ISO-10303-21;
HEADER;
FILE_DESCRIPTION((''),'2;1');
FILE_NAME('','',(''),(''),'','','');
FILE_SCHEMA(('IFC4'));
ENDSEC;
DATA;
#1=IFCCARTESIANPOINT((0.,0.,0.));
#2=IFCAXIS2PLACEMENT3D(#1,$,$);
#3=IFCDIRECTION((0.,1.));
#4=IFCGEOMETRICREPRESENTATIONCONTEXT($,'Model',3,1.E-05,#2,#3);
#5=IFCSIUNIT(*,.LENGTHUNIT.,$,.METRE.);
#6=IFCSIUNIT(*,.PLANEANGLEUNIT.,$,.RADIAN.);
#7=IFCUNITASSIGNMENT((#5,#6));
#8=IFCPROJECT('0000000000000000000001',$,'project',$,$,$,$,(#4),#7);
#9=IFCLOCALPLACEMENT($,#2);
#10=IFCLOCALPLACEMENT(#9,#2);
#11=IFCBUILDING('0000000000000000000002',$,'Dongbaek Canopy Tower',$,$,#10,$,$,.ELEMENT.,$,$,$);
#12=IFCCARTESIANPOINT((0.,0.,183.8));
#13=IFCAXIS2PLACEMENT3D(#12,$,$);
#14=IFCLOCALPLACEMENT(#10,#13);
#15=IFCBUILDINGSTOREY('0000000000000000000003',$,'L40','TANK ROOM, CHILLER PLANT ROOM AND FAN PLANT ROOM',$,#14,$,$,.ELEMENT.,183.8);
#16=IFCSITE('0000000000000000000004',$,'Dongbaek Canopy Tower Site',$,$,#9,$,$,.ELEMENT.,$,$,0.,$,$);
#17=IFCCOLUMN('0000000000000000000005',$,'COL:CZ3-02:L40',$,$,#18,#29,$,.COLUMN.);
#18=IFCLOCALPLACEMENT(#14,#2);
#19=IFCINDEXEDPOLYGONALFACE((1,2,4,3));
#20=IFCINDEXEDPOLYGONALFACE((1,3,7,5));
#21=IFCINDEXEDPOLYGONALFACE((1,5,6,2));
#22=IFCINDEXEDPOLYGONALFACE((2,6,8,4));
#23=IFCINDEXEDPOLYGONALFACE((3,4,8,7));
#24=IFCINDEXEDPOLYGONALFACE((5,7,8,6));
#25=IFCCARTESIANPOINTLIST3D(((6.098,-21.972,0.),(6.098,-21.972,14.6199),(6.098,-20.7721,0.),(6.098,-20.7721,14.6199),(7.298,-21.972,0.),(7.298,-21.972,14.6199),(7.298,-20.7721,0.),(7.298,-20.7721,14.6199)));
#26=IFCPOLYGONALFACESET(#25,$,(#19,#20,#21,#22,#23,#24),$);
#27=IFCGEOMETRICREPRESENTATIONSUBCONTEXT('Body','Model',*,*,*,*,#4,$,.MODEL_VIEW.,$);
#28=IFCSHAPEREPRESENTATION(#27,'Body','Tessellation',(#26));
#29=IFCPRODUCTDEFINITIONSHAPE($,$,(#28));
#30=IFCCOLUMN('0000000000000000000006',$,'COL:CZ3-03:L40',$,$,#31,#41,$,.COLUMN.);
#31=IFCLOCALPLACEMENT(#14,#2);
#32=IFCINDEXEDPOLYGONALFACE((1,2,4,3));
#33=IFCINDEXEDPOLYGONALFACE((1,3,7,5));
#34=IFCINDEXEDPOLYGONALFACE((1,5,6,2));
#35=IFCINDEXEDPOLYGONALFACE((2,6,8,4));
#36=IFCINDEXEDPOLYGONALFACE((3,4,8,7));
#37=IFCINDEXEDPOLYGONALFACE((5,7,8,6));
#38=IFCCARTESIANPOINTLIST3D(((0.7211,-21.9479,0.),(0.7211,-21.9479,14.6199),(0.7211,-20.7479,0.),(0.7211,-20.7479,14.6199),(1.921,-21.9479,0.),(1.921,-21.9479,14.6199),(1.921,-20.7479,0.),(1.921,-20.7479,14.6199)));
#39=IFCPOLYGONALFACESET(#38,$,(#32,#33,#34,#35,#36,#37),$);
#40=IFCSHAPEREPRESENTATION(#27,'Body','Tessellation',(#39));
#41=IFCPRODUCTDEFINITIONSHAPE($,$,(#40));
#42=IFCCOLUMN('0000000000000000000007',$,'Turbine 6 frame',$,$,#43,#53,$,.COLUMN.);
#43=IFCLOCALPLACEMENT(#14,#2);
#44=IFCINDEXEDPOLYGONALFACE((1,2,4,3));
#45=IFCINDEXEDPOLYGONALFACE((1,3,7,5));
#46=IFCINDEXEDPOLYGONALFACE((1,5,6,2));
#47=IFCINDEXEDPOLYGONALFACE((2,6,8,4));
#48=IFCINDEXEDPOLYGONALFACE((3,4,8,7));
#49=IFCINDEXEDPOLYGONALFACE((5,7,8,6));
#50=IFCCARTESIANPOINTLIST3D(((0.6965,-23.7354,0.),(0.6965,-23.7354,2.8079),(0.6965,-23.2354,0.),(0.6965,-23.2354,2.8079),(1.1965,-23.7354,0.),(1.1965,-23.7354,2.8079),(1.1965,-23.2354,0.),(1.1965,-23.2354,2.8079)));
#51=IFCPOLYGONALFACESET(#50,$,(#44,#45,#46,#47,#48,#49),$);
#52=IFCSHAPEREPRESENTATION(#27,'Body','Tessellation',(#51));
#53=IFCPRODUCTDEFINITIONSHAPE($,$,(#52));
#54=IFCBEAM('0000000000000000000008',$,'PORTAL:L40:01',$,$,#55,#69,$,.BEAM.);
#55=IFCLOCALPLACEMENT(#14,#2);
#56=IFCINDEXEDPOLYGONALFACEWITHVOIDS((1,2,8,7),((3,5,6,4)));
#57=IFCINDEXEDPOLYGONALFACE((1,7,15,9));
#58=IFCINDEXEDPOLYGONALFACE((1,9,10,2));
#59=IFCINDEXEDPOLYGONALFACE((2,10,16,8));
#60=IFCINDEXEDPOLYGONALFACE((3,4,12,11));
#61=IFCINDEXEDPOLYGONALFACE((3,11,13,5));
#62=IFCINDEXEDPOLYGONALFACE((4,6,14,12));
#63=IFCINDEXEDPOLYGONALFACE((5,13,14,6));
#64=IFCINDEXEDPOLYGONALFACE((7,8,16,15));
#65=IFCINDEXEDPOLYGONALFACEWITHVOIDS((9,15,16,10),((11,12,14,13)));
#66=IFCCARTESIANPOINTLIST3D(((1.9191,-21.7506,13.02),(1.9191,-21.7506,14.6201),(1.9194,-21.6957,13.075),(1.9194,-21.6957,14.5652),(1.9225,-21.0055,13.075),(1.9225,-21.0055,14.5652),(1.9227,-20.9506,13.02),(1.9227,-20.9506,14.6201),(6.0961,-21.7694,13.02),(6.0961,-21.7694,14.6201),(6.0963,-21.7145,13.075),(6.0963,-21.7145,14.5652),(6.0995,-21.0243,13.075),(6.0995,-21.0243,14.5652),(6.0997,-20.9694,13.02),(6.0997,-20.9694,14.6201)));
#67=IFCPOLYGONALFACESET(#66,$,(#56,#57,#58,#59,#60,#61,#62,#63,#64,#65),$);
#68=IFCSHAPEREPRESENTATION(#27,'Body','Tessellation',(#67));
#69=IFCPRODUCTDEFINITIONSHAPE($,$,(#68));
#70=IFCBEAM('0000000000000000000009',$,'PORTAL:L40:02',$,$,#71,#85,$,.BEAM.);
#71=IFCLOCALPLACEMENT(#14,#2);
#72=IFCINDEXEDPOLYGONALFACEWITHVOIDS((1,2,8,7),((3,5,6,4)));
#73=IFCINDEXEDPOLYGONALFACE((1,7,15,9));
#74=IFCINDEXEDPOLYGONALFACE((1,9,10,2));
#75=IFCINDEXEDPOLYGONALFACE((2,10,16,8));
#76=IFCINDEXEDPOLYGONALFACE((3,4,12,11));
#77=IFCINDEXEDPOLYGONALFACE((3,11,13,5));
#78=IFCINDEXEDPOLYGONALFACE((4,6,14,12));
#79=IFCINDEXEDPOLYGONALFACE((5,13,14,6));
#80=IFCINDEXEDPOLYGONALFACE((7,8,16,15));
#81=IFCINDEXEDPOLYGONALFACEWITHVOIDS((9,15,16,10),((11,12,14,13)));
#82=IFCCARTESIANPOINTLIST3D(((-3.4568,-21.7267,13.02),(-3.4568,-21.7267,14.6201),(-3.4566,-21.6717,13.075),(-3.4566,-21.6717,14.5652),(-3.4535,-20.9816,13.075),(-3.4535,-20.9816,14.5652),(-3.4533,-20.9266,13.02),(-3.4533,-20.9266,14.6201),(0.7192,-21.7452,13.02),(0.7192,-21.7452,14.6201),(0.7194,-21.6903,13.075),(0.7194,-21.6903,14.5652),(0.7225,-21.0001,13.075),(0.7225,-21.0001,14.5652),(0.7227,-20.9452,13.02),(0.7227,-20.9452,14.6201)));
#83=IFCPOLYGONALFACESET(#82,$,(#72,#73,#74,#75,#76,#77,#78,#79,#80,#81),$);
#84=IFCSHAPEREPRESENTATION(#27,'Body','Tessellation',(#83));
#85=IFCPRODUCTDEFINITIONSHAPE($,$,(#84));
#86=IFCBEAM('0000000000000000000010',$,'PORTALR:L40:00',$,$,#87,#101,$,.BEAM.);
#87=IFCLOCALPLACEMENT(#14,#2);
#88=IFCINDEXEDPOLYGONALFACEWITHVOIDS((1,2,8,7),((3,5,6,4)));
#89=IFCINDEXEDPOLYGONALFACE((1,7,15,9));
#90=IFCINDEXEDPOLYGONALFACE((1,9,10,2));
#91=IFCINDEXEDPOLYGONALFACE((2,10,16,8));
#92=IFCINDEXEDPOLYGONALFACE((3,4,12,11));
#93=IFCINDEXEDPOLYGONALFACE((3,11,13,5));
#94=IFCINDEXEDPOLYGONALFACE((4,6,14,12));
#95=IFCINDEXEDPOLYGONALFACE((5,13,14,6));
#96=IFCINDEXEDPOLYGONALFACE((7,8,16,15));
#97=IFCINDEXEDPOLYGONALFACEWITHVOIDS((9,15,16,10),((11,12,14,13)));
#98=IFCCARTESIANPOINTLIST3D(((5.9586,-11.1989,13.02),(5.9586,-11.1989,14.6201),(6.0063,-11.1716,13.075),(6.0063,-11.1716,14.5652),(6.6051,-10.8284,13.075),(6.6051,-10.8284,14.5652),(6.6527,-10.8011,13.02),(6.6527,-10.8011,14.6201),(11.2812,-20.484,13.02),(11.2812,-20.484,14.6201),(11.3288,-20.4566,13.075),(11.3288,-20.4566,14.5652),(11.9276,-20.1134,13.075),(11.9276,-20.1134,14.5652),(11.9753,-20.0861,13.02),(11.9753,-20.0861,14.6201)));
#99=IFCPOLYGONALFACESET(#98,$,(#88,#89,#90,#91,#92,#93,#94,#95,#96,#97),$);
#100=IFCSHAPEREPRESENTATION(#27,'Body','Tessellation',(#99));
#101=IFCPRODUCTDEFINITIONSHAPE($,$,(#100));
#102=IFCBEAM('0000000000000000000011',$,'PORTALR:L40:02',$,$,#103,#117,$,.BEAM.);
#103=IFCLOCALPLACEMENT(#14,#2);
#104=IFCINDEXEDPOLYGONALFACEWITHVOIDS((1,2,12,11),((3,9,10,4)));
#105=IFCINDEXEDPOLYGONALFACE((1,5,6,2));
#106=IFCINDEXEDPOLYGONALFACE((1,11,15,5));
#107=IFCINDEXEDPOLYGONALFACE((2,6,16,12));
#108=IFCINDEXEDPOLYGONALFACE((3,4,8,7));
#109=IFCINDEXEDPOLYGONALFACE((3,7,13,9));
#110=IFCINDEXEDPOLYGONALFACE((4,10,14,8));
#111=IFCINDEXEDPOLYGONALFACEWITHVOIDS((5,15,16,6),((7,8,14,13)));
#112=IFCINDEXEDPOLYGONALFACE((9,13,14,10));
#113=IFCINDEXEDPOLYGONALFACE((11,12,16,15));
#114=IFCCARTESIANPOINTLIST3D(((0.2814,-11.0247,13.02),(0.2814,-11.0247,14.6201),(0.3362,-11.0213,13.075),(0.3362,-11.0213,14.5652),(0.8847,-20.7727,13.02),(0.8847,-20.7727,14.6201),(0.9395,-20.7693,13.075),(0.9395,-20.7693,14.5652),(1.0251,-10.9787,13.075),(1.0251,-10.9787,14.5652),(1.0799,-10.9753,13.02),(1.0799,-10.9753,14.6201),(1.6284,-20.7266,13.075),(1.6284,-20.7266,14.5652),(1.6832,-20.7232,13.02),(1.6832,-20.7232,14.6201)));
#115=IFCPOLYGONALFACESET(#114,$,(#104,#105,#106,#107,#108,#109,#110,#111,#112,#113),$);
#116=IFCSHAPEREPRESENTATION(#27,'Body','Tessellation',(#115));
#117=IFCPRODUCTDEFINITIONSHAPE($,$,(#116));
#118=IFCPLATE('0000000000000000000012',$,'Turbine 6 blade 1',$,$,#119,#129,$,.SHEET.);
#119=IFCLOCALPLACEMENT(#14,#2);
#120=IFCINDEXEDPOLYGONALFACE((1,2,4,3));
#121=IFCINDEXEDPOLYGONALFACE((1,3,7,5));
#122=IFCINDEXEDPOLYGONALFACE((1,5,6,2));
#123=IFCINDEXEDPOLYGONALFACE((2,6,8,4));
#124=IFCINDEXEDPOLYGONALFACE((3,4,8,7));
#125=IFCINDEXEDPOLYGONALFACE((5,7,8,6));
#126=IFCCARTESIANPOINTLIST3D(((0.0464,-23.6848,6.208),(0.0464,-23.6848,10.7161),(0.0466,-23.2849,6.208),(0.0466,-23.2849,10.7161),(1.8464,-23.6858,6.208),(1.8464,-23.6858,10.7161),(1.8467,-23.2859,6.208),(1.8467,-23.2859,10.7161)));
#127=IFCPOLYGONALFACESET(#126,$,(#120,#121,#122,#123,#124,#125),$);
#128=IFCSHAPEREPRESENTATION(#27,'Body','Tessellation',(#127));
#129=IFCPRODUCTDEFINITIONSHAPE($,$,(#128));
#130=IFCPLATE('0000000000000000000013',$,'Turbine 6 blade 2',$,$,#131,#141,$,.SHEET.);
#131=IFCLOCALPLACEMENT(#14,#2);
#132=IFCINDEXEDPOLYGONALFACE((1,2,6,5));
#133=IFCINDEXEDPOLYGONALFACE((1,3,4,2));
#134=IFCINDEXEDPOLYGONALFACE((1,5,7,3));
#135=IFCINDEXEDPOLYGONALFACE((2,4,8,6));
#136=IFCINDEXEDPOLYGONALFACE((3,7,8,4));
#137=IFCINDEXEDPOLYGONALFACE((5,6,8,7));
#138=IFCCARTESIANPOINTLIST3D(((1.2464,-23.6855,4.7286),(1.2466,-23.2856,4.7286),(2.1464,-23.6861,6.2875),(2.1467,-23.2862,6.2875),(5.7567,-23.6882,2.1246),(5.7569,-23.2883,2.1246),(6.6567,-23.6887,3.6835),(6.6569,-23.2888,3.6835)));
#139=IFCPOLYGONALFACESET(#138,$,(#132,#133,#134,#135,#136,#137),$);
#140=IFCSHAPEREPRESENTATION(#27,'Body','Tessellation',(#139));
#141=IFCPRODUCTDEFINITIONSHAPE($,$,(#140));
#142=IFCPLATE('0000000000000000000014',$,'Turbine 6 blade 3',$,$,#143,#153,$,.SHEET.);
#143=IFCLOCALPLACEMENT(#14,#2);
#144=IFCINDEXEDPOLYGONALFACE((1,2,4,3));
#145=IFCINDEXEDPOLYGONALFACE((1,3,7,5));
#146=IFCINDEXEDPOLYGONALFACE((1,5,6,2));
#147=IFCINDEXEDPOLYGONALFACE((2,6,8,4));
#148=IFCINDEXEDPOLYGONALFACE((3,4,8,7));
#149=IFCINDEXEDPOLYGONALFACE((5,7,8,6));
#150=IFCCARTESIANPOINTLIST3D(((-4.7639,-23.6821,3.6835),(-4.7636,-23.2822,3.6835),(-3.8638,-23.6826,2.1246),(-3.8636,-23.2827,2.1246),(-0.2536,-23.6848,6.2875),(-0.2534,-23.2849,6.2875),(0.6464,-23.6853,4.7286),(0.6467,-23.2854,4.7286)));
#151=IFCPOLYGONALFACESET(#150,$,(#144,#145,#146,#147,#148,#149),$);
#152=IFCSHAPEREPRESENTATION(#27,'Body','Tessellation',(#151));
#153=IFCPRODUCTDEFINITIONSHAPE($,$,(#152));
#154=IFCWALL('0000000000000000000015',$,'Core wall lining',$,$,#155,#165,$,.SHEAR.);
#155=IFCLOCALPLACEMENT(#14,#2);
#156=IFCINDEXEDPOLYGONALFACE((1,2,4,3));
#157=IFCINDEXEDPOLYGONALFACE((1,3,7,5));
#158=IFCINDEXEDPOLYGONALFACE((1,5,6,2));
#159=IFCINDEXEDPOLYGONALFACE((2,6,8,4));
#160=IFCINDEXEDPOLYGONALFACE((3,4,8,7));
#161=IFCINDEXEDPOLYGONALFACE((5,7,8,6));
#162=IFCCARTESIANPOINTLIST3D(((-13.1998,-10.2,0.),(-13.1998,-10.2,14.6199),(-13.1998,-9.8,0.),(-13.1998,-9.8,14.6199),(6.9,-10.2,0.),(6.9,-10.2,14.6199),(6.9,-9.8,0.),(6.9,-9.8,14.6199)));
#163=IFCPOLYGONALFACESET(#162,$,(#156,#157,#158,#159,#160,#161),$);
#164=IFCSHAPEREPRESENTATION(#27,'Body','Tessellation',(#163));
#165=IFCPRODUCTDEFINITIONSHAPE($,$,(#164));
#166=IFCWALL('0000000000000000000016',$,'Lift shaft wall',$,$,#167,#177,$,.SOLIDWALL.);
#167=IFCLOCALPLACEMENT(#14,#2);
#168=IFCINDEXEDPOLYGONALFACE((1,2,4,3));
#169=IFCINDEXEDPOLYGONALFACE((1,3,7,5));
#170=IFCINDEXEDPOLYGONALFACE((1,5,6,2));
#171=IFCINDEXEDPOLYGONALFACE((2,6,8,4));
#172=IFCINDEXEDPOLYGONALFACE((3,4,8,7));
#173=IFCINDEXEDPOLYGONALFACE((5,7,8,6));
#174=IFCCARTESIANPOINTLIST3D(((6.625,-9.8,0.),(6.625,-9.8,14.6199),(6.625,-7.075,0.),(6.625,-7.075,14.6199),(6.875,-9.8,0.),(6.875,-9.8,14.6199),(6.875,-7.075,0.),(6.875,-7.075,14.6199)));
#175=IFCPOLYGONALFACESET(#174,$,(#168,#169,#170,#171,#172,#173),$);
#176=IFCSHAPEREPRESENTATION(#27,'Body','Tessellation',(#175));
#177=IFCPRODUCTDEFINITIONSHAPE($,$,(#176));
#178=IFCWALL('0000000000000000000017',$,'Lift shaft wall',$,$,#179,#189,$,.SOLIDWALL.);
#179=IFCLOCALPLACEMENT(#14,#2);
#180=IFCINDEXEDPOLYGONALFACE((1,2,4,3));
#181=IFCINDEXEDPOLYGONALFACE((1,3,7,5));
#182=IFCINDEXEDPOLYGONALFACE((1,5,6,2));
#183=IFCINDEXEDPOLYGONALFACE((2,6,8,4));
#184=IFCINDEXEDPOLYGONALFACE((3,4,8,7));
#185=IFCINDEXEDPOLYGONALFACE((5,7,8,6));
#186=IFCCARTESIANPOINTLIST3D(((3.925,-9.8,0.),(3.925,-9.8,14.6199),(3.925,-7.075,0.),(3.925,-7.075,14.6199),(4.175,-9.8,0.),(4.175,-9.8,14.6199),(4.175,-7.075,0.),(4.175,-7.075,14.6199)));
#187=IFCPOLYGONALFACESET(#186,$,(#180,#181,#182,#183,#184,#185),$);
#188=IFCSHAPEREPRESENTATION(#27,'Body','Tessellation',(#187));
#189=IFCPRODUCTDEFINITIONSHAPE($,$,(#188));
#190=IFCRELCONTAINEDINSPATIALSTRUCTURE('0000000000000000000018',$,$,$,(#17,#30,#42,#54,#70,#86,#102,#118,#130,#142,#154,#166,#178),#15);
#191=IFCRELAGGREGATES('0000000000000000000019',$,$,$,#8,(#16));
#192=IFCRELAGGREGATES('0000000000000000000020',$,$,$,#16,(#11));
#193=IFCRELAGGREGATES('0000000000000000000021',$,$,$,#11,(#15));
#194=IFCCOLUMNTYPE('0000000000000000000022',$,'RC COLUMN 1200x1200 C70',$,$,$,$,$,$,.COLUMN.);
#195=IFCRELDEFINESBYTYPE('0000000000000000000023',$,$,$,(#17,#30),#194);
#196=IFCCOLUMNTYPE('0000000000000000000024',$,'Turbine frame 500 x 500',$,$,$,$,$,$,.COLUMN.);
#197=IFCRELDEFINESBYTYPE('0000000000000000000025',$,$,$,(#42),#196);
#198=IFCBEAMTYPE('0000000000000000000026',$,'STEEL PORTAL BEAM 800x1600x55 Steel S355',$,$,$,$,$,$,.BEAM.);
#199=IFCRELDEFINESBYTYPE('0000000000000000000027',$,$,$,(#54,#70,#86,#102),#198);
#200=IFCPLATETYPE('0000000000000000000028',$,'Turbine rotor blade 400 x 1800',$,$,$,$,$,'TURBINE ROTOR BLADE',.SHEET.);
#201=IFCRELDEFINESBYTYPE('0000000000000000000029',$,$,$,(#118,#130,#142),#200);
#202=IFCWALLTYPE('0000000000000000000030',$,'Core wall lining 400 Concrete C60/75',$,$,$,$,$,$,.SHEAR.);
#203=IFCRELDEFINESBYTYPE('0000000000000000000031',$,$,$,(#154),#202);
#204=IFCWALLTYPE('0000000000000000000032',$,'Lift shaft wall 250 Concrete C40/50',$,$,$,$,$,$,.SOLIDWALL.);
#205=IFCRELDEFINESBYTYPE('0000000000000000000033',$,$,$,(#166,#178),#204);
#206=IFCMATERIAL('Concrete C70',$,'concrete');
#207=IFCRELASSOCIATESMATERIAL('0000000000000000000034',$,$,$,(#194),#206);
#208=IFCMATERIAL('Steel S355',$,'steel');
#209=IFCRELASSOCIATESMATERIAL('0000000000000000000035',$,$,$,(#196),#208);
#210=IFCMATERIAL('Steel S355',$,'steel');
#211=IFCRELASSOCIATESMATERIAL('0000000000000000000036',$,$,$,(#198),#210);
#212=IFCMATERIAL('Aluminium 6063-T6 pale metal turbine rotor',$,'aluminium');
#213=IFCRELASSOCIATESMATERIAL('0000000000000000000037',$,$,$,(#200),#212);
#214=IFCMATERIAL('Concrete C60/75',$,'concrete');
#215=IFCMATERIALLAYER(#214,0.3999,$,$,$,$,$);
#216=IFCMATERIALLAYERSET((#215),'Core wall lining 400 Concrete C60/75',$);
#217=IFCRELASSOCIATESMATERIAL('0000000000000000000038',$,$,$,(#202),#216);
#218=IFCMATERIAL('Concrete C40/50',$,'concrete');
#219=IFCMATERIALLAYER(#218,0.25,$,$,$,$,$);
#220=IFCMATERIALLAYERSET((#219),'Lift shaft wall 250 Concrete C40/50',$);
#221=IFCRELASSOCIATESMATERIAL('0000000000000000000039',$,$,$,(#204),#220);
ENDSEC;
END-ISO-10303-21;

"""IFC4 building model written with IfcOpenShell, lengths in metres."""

from ifc_helpers import new_model, si_unit, direction, frame, frame_2d, origin, origin_2d, place, context, subcontext, project, spatial, rectangle, hollow_rectangle, extrude, material, layer, layer_set, material_profile, profile_set, type_object, element, save


model = new_model("IFC4")

# Units and contexts
model_context = context("Model", 3, precision=1e-05, world=origin(), true_north=direction((0.0, 1.0)))
body_context = subcontext(model_context, "Body", "Model", "MODEL_VIEW")
ifc_project = project(units=[si_unit("LENGTHUNIT", "METRE"), si_unit("PLANEANGLEUNIT", "RADIAN")], contexts=[model_context])

# Site, building, storey
site_placement = place(None, origin())
site = spatial("IfcSite", under=ifc_project, at=site_placement, Name="Dongbaek Canopy Tower Site", CompositionType="ELEMENT", RefElevation=0.0)
building_placement = place(site_placement, origin())
building = spatial("IfcBuilding", under=site, at=building_placement, Name="Dongbaek Canopy Tower", CompositionType="ELEMENT")
storey_placement = place(building_placement, frame((0.0, 0.0, 183.8)))
storey = spatial("IfcBuildingStorey", under=building, at=storey_placement, Name="L40", Description="TANK ROOM, CHILLER PLANT ROOM AND FAN PLANT ROOM", CompositionType="ELEMENT", Elevation=183.8)

# Columns
ifc_material_1 = material(Name="Concrete C70", Category="concrete")
ifc_material_profile_1 = material_profile(ifc_material_1, rectangle(XDim=1.2, YDim=1.2, at=origin_2d()), Name="RC COLUMN 1200x1200 C70")
ifc_profile_set_1 = profile_set([ifc_material_profile_1], Name="Concrete C70")
column_type_1 = type_object("IfcColumnType", Name="RC COLUMN 1200x1200 C70", PredefinedType="COLUMN", material=ifc_profile_set_1)
for number, where, z_axis, x_axis, name in (
    (1, (6.698, -21.3721, 0.0), (0.0, 0.0, 1.0), (1.0, 0.0, 0.0), "COL:CZ3-02:L40"),
    (2, (1.321, -21.3479, 0.0), (0.0, 0.0, 1.0), (1.0, 0.0, 0.0), "COL:CZ3-03:L40"),
):
    element("IfcColumn", number, at=place(storey_placement, frame(where, z_axis=z_axis, x_axis=x_axis)), inside=storey, type_object=column_type_1, Name=name, PredefinedType="COLUMN", context=body_context, shape_type="SweptSolid", body=[
        extrude(rectangle(XDim=1.2, YDim=1.2, at=origin_2d()), origin(), (0.0, 0.0, 1.0), 14.6199),
    ])
ifc_material_2 = material(Name="Steel S355", Category="steel")
ifc_material_profile_2 = material_profile(ifc_material_2, rectangle(XDim=0.5, YDim=0.5, at=origin_2d()), Name="Turbine frame 500 x 500")
ifc_profile_set_2 = profile_set([ifc_material_profile_2], Name="Steel S355")
column_type_2 = type_object("IfcColumnType", Name="Turbine frame 500 x 500", PredefinedType="COLUMN", material=ifc_profile_set_2)
column_placement = place(storey_placement, frame((0.9465, -23.4854, 0.0), z_axis=(0.0, 0.0, 1.0), x_axis=(1.0, 0.0, 0.0)))
element("IfcColumn", 3, at=column_placement, inside=storey, type_object=column_type_2, Name="Turbine 6 frame", PredefinedType="COLUMN", context=body_context, shape_type="SweptSolid", body=[
    extrude(rectangle(XDim=0.5, YDim=0.5, at=origin_2d()), origin(), (0.0, 0.0, 1.0), 2.8079),
])

# Beams
ifc_material_3 = material(Name="Steel S355", Category="steel")
ifc_material_profile_3 = material_profile(ifc_material_3, hollow_rectangle(XDim=0.8, YDim=1.6001, WallThickness=0.0549, at=origin_2d()), Name="STEEL PORTAL BEAM 800x1600x55 Steel S355")
ifc_profile_set_3 = profile_set([ifc_material_profile_3], Name="Steel S355")
beam_type = type_object("IfcBeamType", Name="STEEL PORTAL BEAM 800x1600x55 Steel S355", PredefinedType="BEAM", material=ifc_profile_set_3)
beam_1_placement = place(storey_placement, frame((6.0979, -21.3694, 13.8201), z_axis=(-0.99999, 0.004501, 0.0), x_axis=(-0.004501, -0.99999, 0.0)))
element("IfcBeam", 4, at=beam_1_placement, inside=storey, type_object=beam_type, Name="PORTAL:L40:01", PredefinedType="BEAM", context=body_context, shape_type="SweptSolid", body=[
    extrude(hollow_rectangle(XDim=0.8, YDim=1.6001, WallThickness=0.0549, at=origin_2d()), origin(), (0.0, 0.0, 1.0), 4.177),
])
beam_2_placement = place(storey_placement, frame((0.7209, -21.3452, 13.8201), z_axis=(-0.99999, 0.004443, 0.0), x_axis=(-0.004443, -0.99999, 0.0)))
element("IfcBeam", 5, at=beam_2_placement, inside=storey, type_object=beam_type, Name="PORTAL:L40:02", PredefinedType="BEAM", context=body_context, shape_type="SweptSolid", body=[
    extrude(hollow_rectangle(XDim=0.8, YDim=1.6001, WallThickness=0.0549, at=origin_2d()), origin(), (0.0, 0.0, 1.0), 4.176),
])
beam_3_placement = place(storey_placement, frame((6.3057, -11.0, 13.8201), z_axis=(0.497325, -0.867564, 0.0), x_axis=(0.867564, 0.497325, 0.0)))
element("IfcBeam", 6, at=beam_3_placement, inside=storey, type_object=beam_type, Name="PORTALR:L40:00", PredefinedType="BEAM", context=body_context, shape_type="SweptSolid", body=[
    extrude(hollow_rectangle(XDim=0.8, YDim=1.6001, WallThickness=0.0549, at=origin_2d()), origin(), (0.0, 0.0, 1.0), 10.7024),
])
beam_4_placement = place(storey_placement, frame((0.6807, -11.0, 13.8201), z_axis=(0.061768, -0.998091, 0.0), x_axis=(0.998091, 0.061768, 0.0)))
element("IfcBeam", 7, at=beam_4_placement, inside=storey, type_object=beam_type, Name="PORTALR:L40:02", PredefinedType="BEAM", context=body_context, shape_type="SweptSolid", body=[
    extrude(hollow_rectangle(XDim=0.8, YDim=1.6001, WallThickness=0.0549, at=origin_2d()), origin(), (0.0, 0.0, 1.0), 9.7666),
])

# Plates
ifc_material_4 = material(Name="Aluminium 6063-T6 pale metal turbine rotor", Category="aluminium")
ifc_material_profile_4 = material_profile(ifc_material_4, rectangle(XDim=0.3999, YDim=1.8, at=origin_2d()), Name="Turbine rotor blade 400 x 1800")
ifc_profile_set_4 = profile_set([ifc_material_profile_4], Name="Aluminium 6063-T6 pale metal turbine rotor")
plate_type = type_object("IfcPlateType", Name="Turbine rotor blade 400 x 1800", ElementType="TURBINE ROTOR BLADE", PredefinedType="SHEET", material=ifc_profile_set_4)
plate_placement = place(storey_placement, frame((0.9465, -23.4854, 6.208), z_axis=(0.0, 0.0, 1.0), x_axis=(-0.00059, -1.0, 0.0)))
element("IfcPlate", 8, at=plate_placement, inside=storey, type_object=plate_type, Name="Turbine 6 blade 1", PredefinedType="SHEET", context=body_context, shape_type="SweptSolid", body=[
    extrude(rectangle(XDim=0.3999, YDim=1.8, at=origin_2d()), origin(), (0.0, 0.0, 1.0), 4.5081),
])
for number, where, z_axis, x_axis, name in (
    (9, (1.6965, -23.4858, 5.5081), (0.866025, -0.000516, -0.500001), (0.000595, 1.0, 0.0), "Turbine 6 blade 2"),
    (10, (0.1965, -23.4851, 5.5081), (-0.866025, 0.000516, -0.500001), (-0.000595, -1.0, 0.0), "Turbine 6 blade 3"),
):
    element("IfcPlate", number, at=place(storey_placement, frame(where, z_axis=z_axis, x_axis=x_axis)), inside=storey, type_object=plate_type, Name=name, PredefinedType="SHEET", context=body_context, shape_type="SweptSolid", body=[
        extrude(rectangle(XDim=0.3999, YDim=1.8, at=origin_2d()), origin(), (0.0, 0.0, 1.0), 5.208),
    ])

# Walls
ifc_material_5 = material(Name="Concrete C60/75", Category="concrete")
ifc_layer_1 = layer(ifc_material_5, 0.3999)
ifc_layer_set_1 = layer_set([ifc_layer_1], Name="Core wall lining 400 Concrete C60/75")
wall_type_1 = type_object("IfcWallType", Name="Core wall lining 400 Concrete C60/75", PredefinedType="SHEAR", material=ifc_layer_set_1)
wall_placement = place(storey_placement, frame((6.8999, -10.0, 0.0), z_axis=(0.0, 0.0, 1.0), x_axis=(-1.0, 0.0, 0.0)))
element("IfcWall", 11, at=wall_placement, inside=storey, type_object=wall_type_1, Name="Core wall lining", PredefinedType="SHEAR", context=body_context, shape_type="SweptSolid", body=[
    extrude(rectangle(XDim=20.0999, YDim=0.3999, at=frame_2d((10.0498, 0.0))), origin(), (0.0, 0.0, 1.0), 14.6199),
])
ifc_material_6 = material(Name="Concrete C40/50", Category="concrete")
ifc_layer_2 = layer(ifc_material_6, 0.25)
ifc_layer_set_2 = layer_set([ifc_layer_2], Name="Lift shaft wall 250 Concrete C40/50")
wall_type_2 = type_object("IfcWallType", Name="Lift shaft wall 250 Concrete C40/50", PredefinedType="SOLIDWALL", material=ifc_layer_set_2)
for number, where, z_axis, x_axis, name in (
    (12, (6.75, -9.8, 0.0), (0.0, 0.0, 1.0), (0.0, 1.0, 0.0), "Lift shaft wall"),
    (13, (4.05, -9.8, 0.0), (0.0, 0.0, 1.0), (0.0, 1.0, 0.0), "Lift shaft wall"),
):
    element("IfcWall", number, at=place(storey_placement, frame(where, z_axis=z_axis, x_axis=x_axis)), inside=storey, type_object=wall_type_2, Name=name, PredefinedType="SOLIDWALL", context=body_context, shape_type="SweptSolid", body=[
        extrude(rectangle(XDim=2.7251, YDim=0.25, at=frame_2d((1.3625, 0.0))), origin(), (0.0, 0.0, 1.0), 14.6199),
    ])

save(model, "model.ifc")
